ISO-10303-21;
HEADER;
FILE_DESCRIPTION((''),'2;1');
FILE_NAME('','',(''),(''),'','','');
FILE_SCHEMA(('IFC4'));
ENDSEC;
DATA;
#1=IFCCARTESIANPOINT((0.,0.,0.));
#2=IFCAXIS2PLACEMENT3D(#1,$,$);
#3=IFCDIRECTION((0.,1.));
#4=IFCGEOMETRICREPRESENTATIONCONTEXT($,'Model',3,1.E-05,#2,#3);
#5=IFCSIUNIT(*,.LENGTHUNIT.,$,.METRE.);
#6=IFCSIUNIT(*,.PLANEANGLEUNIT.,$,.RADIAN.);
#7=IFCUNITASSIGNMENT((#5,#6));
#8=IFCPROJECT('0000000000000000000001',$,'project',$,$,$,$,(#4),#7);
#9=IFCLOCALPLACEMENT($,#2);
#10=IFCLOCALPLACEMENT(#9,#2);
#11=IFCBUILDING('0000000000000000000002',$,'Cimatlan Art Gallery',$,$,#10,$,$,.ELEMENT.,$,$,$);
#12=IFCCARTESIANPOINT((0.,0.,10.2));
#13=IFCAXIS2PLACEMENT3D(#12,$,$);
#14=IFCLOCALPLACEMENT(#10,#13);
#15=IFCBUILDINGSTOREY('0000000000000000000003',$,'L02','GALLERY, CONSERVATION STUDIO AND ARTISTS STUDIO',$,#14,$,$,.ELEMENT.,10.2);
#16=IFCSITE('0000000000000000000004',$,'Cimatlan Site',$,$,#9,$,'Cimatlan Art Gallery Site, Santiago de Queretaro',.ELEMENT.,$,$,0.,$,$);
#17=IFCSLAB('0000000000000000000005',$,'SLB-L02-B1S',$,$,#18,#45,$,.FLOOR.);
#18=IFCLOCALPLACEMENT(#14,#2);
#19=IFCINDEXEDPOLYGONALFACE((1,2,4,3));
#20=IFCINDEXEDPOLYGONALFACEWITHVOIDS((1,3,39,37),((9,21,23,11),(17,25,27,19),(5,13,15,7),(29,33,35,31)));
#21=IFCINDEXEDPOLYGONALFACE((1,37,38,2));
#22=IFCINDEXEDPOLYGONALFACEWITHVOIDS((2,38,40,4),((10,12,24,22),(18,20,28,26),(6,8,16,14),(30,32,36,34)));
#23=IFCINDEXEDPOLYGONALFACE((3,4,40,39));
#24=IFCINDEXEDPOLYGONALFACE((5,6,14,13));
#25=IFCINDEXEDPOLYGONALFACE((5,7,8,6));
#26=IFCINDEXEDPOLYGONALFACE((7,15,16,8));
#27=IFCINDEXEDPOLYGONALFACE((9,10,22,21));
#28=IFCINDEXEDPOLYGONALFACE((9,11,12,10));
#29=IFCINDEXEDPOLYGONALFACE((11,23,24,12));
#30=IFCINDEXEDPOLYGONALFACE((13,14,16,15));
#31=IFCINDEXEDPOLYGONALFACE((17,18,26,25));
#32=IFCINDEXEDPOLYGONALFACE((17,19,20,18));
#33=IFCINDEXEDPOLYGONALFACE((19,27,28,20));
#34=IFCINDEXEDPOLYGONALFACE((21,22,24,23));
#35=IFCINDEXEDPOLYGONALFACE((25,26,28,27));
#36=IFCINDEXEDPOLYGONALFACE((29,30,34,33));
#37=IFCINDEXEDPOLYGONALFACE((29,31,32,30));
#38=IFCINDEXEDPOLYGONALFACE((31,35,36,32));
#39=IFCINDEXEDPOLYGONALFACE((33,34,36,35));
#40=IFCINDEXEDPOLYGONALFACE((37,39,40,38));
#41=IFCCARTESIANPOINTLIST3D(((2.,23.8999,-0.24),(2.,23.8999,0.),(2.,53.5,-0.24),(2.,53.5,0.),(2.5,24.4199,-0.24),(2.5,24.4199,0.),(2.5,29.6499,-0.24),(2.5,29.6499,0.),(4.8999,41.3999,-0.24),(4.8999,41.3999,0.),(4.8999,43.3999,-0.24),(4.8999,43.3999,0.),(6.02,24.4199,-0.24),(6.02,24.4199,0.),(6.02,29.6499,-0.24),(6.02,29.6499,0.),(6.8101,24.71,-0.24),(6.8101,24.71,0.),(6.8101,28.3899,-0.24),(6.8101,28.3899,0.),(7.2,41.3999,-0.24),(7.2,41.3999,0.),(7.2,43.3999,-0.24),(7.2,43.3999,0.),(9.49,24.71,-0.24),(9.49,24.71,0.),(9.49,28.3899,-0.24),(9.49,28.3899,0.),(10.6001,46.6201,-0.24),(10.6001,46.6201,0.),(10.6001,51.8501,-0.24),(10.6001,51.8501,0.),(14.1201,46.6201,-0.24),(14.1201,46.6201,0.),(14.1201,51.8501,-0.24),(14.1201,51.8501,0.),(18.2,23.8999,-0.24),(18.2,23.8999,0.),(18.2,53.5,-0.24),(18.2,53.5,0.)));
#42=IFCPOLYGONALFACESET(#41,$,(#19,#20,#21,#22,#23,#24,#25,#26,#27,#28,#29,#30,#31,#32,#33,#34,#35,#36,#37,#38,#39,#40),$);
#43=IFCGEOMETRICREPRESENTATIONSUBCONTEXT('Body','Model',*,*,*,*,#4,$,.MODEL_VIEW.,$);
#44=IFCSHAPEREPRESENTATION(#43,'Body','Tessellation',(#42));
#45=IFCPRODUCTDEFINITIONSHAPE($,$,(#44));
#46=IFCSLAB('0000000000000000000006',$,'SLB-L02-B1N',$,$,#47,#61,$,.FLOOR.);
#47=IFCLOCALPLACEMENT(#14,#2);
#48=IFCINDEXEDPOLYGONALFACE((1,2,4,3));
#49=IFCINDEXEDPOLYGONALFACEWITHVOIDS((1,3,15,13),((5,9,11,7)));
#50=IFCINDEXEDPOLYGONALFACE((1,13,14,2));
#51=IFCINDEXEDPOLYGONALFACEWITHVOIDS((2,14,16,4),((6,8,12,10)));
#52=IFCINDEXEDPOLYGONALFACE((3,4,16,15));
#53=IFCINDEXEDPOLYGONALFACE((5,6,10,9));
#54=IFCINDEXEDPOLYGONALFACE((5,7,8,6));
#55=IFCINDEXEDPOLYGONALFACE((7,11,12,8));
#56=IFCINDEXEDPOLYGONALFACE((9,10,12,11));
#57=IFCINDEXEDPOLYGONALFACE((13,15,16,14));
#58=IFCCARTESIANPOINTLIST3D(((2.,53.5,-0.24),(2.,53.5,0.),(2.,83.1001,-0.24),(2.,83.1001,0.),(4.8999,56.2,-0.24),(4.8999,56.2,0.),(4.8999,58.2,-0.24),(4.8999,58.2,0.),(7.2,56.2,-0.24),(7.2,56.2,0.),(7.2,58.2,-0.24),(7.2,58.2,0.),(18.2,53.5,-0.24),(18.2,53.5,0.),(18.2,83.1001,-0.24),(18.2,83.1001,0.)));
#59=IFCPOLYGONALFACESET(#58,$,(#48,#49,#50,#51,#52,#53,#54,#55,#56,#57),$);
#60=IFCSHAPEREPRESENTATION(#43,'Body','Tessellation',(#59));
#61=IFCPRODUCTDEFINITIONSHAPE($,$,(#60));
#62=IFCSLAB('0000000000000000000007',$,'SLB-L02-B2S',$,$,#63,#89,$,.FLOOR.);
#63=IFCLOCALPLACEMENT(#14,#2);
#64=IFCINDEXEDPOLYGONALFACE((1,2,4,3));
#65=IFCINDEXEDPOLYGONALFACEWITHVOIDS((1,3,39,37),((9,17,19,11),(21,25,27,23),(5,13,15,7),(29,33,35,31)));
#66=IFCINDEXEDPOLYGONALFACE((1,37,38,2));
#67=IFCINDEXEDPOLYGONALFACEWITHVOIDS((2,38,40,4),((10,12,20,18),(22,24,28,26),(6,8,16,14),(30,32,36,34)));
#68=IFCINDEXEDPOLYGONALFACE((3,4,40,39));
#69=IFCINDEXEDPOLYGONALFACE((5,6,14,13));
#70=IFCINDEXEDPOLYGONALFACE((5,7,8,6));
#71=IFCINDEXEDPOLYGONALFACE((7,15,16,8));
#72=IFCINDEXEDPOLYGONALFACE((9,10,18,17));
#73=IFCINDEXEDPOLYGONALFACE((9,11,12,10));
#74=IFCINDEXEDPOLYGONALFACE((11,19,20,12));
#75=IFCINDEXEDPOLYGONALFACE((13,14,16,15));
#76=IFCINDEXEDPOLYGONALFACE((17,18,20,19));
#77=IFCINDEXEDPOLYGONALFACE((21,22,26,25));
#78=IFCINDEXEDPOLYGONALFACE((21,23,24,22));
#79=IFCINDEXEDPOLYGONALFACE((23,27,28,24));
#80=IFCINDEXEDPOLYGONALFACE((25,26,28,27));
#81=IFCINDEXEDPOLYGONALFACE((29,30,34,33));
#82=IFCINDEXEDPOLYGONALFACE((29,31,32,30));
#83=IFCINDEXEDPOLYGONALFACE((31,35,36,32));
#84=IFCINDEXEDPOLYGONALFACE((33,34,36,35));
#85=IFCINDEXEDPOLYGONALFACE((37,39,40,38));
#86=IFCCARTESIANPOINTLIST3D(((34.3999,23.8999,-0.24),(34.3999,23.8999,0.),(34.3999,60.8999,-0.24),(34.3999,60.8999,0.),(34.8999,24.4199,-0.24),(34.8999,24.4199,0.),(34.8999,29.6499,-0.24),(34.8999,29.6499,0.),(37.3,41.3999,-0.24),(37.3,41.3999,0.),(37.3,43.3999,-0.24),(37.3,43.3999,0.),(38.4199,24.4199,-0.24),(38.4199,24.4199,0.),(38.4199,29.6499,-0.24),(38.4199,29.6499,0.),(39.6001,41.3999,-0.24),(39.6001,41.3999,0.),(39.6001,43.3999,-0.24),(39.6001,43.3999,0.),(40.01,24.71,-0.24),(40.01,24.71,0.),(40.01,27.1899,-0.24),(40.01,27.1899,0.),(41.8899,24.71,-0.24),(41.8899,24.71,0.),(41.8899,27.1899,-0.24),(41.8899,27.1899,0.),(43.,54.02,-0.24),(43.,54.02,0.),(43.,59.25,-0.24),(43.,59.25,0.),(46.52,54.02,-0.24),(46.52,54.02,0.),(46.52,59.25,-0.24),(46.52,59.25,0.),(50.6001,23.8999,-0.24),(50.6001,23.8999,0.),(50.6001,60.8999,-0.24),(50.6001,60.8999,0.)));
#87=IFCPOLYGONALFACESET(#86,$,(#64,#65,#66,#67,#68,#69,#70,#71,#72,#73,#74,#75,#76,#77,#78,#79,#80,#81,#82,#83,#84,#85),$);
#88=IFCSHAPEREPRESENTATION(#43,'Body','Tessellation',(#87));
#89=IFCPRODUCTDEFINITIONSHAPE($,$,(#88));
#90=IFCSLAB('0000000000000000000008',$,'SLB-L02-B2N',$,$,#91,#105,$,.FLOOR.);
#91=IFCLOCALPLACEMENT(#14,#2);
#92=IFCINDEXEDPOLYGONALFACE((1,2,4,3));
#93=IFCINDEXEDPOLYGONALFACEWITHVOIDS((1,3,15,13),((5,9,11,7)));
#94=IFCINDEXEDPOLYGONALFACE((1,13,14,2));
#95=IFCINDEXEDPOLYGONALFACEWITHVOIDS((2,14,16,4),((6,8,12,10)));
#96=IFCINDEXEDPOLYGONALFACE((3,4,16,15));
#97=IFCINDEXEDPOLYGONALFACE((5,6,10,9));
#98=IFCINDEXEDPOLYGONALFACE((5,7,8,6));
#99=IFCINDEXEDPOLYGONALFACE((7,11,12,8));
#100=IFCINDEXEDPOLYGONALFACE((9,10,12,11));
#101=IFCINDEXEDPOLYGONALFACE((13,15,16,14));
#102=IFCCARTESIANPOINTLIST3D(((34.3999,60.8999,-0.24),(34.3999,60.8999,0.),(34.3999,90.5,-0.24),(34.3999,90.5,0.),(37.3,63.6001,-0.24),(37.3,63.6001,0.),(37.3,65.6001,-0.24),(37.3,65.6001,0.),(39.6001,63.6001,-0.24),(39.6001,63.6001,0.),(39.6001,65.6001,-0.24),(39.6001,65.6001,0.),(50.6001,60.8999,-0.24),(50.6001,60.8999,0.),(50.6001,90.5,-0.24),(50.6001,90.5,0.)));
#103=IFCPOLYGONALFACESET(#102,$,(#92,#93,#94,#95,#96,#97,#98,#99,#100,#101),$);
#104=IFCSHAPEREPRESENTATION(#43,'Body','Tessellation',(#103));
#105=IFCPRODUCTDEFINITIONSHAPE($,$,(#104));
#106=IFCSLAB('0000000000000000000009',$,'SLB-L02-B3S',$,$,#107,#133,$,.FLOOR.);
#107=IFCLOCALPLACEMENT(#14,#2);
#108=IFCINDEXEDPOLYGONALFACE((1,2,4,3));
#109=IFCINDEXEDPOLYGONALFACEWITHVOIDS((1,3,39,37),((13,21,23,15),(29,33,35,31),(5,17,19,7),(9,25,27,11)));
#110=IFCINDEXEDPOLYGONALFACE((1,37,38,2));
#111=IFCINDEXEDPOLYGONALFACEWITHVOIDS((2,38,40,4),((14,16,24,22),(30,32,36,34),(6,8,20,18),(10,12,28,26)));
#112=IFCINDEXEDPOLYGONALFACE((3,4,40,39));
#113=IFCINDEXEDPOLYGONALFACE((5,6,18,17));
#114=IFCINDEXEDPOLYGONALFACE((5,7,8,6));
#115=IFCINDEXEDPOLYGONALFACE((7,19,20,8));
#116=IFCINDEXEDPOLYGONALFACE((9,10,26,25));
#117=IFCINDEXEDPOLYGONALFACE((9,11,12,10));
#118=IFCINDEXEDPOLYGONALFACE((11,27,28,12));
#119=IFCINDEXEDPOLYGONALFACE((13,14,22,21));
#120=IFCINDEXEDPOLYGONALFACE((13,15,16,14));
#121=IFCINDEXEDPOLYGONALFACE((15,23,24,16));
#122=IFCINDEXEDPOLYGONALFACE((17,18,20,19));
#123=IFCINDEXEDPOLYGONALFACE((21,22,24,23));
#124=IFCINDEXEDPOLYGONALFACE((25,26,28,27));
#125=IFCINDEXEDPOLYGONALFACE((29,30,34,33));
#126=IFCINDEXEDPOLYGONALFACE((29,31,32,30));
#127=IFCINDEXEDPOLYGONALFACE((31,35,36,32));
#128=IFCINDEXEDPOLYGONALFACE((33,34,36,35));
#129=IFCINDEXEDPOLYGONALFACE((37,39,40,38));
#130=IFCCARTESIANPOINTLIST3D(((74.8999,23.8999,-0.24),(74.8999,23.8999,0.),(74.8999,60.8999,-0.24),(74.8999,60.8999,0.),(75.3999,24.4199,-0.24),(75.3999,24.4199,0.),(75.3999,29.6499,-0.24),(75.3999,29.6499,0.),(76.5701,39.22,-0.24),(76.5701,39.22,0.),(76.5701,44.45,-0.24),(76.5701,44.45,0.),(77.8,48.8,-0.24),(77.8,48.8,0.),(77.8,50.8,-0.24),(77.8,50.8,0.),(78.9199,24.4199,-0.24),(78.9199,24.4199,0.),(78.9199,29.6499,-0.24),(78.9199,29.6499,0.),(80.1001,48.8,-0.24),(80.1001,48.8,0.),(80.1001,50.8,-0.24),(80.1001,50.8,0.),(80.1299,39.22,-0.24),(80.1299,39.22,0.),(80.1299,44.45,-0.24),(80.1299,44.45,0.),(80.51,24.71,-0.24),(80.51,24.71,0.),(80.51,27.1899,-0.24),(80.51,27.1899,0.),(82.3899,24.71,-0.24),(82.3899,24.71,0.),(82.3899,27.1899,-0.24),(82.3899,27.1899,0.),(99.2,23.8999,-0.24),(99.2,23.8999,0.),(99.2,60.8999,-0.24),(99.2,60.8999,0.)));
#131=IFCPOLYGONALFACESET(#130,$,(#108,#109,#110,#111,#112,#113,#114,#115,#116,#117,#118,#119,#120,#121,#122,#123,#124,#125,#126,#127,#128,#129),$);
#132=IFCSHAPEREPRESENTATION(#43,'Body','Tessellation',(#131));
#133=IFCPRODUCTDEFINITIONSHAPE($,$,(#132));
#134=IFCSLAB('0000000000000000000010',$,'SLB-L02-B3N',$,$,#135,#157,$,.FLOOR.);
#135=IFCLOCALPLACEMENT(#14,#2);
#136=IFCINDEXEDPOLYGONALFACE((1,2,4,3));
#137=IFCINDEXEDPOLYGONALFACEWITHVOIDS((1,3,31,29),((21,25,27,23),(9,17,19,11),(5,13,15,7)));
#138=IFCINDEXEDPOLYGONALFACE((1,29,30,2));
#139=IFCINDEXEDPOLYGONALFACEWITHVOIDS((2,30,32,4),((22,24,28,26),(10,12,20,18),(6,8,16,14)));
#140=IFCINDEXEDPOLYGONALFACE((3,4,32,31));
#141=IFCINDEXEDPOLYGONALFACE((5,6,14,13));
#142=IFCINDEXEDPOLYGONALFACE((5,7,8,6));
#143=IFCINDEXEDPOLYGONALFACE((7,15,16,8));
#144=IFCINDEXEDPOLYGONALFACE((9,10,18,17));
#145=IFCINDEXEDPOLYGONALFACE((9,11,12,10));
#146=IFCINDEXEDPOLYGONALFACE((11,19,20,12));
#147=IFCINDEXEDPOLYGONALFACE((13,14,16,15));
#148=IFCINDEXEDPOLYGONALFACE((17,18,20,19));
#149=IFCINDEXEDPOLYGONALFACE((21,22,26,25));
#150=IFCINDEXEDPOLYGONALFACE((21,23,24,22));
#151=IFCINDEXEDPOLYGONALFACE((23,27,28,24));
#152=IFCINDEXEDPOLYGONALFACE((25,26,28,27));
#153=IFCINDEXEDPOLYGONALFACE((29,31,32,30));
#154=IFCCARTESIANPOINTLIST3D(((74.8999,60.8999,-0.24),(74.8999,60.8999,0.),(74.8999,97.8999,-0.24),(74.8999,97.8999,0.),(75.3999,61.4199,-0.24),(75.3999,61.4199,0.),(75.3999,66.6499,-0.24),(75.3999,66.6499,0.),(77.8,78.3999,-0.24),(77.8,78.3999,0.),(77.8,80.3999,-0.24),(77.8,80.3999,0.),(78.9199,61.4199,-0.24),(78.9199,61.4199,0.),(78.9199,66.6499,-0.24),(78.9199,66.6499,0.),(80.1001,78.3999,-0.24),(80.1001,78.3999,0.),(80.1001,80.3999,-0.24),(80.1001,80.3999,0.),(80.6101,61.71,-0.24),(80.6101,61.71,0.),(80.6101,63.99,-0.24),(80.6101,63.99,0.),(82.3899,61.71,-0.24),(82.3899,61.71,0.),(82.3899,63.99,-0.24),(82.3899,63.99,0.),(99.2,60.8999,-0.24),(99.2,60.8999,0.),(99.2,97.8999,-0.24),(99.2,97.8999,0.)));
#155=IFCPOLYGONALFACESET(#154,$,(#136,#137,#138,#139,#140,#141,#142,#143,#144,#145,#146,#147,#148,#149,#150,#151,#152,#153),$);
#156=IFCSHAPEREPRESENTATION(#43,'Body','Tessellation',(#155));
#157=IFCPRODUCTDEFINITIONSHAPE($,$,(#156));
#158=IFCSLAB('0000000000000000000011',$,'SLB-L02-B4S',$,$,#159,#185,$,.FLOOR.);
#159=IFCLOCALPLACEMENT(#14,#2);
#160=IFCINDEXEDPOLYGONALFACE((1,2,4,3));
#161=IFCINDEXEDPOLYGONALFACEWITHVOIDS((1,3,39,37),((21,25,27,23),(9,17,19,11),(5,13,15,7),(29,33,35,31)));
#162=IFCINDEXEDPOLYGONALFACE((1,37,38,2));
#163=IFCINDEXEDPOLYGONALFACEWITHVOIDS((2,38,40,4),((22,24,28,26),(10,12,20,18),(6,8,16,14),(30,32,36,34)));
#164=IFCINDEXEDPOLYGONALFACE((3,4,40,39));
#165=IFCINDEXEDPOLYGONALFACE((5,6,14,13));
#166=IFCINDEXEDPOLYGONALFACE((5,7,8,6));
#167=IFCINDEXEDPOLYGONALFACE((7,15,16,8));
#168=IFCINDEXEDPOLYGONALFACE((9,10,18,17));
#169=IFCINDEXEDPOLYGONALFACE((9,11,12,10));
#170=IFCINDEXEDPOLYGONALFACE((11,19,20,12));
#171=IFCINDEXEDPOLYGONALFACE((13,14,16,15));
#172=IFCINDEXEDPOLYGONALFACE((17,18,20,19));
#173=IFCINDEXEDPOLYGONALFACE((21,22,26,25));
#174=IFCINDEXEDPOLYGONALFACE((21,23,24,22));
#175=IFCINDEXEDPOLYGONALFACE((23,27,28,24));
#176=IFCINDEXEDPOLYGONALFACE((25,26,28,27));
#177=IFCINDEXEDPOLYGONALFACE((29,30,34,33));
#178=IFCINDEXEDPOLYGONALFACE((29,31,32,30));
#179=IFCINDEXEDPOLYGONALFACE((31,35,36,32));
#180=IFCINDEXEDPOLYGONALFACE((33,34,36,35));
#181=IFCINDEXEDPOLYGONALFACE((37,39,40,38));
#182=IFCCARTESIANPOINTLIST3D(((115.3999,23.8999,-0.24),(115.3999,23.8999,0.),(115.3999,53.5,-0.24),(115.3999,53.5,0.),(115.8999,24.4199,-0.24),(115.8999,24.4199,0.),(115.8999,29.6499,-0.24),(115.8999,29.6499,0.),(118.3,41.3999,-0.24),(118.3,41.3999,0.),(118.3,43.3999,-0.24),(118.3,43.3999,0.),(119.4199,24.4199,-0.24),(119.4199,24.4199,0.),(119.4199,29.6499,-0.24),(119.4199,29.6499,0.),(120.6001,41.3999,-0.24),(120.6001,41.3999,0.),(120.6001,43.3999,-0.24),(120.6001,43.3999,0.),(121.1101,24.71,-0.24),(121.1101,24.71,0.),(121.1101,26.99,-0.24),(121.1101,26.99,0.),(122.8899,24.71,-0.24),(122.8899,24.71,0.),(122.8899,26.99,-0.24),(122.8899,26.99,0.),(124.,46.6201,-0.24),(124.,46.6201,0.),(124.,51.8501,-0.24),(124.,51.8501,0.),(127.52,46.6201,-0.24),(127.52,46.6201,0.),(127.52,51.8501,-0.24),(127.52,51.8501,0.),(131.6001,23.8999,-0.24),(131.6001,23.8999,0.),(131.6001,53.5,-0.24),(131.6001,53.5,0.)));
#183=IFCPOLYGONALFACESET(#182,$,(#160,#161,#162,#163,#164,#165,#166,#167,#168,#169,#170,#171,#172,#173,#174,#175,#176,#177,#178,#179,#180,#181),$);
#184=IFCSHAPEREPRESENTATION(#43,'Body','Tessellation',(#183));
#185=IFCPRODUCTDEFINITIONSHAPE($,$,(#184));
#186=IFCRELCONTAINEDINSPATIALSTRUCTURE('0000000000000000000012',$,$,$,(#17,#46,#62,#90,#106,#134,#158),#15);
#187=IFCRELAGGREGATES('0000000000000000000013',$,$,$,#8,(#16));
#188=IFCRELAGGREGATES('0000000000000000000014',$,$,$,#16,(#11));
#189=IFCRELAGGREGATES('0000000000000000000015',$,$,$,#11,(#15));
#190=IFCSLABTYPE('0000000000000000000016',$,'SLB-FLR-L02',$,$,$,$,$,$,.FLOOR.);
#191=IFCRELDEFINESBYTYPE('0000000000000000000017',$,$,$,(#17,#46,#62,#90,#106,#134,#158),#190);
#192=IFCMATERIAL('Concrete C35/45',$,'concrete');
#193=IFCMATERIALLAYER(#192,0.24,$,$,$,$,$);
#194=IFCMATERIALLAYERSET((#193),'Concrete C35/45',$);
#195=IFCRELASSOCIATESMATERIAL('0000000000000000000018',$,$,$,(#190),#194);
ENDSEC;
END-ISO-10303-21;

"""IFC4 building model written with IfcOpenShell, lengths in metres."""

from ifc_helpers import new_model, si_unit, direction, frame, origin, place, context, subcontext, project, spatial, polyline, outline, extrude, material, layer, layer_set, type_object, element, save


model = new_model("IFC4")

# Units and contexts
model_context = context("Model", 3, precision=1e-05, world=origin(), true_north=direction((0.0, 1.0)))
body_context = subcontext(model_context, "Body", "Model", "MODEL_VIEW")
ifc_project = project(units=[si_unit("LENGTHUNIT", "METRE"), si_unit("PLANEANGLEUNIT", "RADIAN")], contexts=[model_context])

# Site, building, storey
site_placement = place(None, origin())
site = spatial("IfcSite", under=ifc_project, at=site_placement, Name="Cimatlan Site", LongName="Cimatlan Art Gallery Site, Santiago de Queretaro", CompositionType="ELEMENT", RefElevation=0.0)
building_placement = place(site_placement, origin())
building = spatial("IfcBuilding", under=site, at=building_placement, Name="Cimatlan Art Gallery", CompositionType="ELEMENT")
storey_placement = place(building_placement, frame((0.0, 0.0, 10.2)))
storey = spatial("IfcBuildingStorey", under=building, at=storey_placement, Name="L02", Description="GALLERY, CONSERVATION STUDIO AND ARTISTS STUDIO", CompositionType="ELEMENT", Elevation=10.2)

# Slabs
ifc_material_1 = material(Name="Concrete C35/45", Category="concrete")
ifc_layer_1 = layer(ifc_material_1, 0.24)
ifc_layer_set_1 = layer_set([ifc_layer_1], Name="Concrete C35/45")
slab_type_1 = type_object("IfcSlabType", Name="SLB-FLR-L02", PredefinedType="FLOOR", material=ifc_layer_set_1)
slab_1_placement = place(storey_placement, frame((0.0, 0.0, -0.24)))
element("IfcSlab", 1, at=slab_1_placement, inside=storey, type_object=slab_type_1, Name="SLB-L02-B1S", PredefinedType="FLOOR", context=body_context, shape_type="SweptSolid", body=[
    extrude(outline(polyline([(2.0, 23.8999), (18.2, 23.8999), (18.2, 53.5), (2.0, 53.5), (2.0, 23.8999)]), holes=[polyline([(2.5, 24.4199), (6.02, 24.4199), (6.02, 29.6499), (2.5, 29.6499), (2.5, 24.4199)]), polyline([(6.8101, 24.71), (9.49, 24.71), (9.49, 28.3899), (6.8101, 28.3899), (6.8101, 24.71)]), polyline([(10.6001, 46.6201), (14.1201, 46.6201), (14.1201, 51.8501), (10.6001, 51.8501), (10.6001, 46.6201)]), polyline([(4.8999, 41.3999), (7.2, 41.3999), (7.2, 43.3999), (4.8999, 43.3999), (4.8999, 41.3999)])]), origin(), (0.0, 0.0, 1.0), 0.24),
])
slab_2_placement = place(storey_placement, frame((0.0, 0.0, -0.24)))
element("IfcSlab", 2, at=slab_2_placement, inside=storey, type_object=slab_type_1, Name="SLB-L02-B1N", PredefinedType="FLOOR", context=body_context, shape_type="SweptSolid", body=[
    extrude(outline(polyline([(2.0, 53.5), (18.2, 53.5), (18.2, 83.1001), (2.0, 83.1001), (2.0, 53.5)]), holes=[polyline([(4.8999, 56.2), (7.2, 56.2), (7.2, 58.2), (4.8999, 58.2), (4.8999, 56.2)])]), origin(), (0.0, 0.0, 1.0), 0.24),
])
slab_3_placement = place(storey_placement, frame((0.0, 0.0, -0.24)))
element("IfcSlab", 3, at=slab_3_placement, inside=storey, type_object=slab_type_1, Name="SLB-L02-B2S", PredefinedType="FLOOR", context=body_context, shape_type="SweptSolid", body=[
    extrude(outline(polyline([(34.3999, 23.8999), (50.6001, 23.8999), (50.6001, 60.8999), (34.3999, 60.8999), (34.3999, 23.8999)]), holes=[polyline([(34.8999, 24.4199), (38.4199, 24.4199), (38.4199, 29.6499), (34.8999, 29.6499), (34.8999, 24.4199)]), polyline([(40.01, 24.71), (41.8899, 24.71), (41.8899, 27.1899), (40.01, 27.1899), (40.01, 24.71)]), polyline([(43.0, 54.02), (46.52, 54.02), (46.52, 59.25), (43.0, 59.25), (43.0, 54.02)]), polyline([(37.3, 41.3999), (39.6001, 41.3999), (39.6001, 43.3999), (37.3, 43.3999), (37.3, 41.3999)])]), origin(), (0.0, 0.0, 1.0), 0.24),
])
slab_4_placement = place(storey_placement, frame((0.0, 0.0, -0.24)))
element("IfcSlab", 4, at=slab_4_placement, inside=storey, type_object=slab_type_1, Name="SLB-L02-B2N", PredefinedType="FLOOR", context=body_context, shape_type="SweptSolid", body=[
    extrude(outline(polyline([(34.3999, 60.8999), (50.6001, 60.8999), (50.6001, 90.5), (34.3999, 90.5), (34.3999, 60.8999)]), holes=[polyline([(37.3, 63.6001), (39.6001, 63.6001), (39.6001, 65.6001), (37.3, 65.6001), (37.3, 63.6001)])]), origin(), (0.0, 0.0, 1.0), 0.24),
])
slab_5_placement = place(storey_placement, frame((0.0, 0.0, -0.24)))
element("IfcSlab", 5, at=slab_5_placement, inside=storey, type_object=slab_type_1, Name="SLB-L02-B3S", PredefinedType="FLOOR", context=body_context, shape_type="SweptSolid", body=[
    extrude(outline(polyline([(74.8999, 23.8999), (99.2, 23.8999), (99.2, 60.8999), (74.8999, 60.8999), (74.8999, 23.8999)]), holes=[polyline([(75.3999, 24.4199), (78.9199, 24.4199), (78.9199, 29.6499), (75.3999, 29.6499), (75.3999, 24.4199)]), polyline([(80.51, 24.71), (82.3899, 24.71), (82.3899, 27.1899), (80.51, 27.1899), (80.51, 24.71)]), polyline([(76.5701, 39.22), (80.1299, 39.22), (80.1299, 44.45), (76.5701, 44.45), (76.5701, 39.22)]), polyline([(77.8, 48.8), (80.1001, 48.8), (80.1001, 50.8), (77.8, 50.8), (77.8, 48.8)])]), origin(), (0.0, 0.0, 1.0), 0.24),
])
slab_6_placement = place(storey_placement, frame((0.0, 0.0, -0.24)))
element("IfcSlab", 6, at=slab_6_placement, inside=storey, type_object=slab_type_1, Name="SLB-L02-B3N", PredefinedType="FLOOR", context=body_context, shape_type="SweptSolid", body=[
    extrude(outline(polyline([(74.8999, 60.8999), (99.2, 60.8999), (99.2, 97.8999), (74.8999, 97.8999), (74.8999, 60.8999)]), holes=[polyline([(75.3999, 61.4199), (78.9199, 61.4199), (78.9199, 66.6499), (75.3999, 66.6499), (75.3999, 61.4199)]), polyline([(80.6101, 61.71), (82.3899, 61.71), (82.3899, 63.99), (80.6101, 63.99), (80.6101, 61.71)]), polyline([(77.8, 78.3999), (80.1001, 78.3999), (80.1001, 80.3999), (77.8, 80.3999), (77.8, 78.3999)])]), origin(), (0.0, 0.0, 1.0), 0.24),
])
slab_7_placement = place(storey_placement, frame((0.0, 0.0, -0.24)))
element("IfcSlab", 7, at=slab_7_placement, inside=storey, type_object=slab_type_1, Name="SLB-L02-B4S", PredefinedType="FLOOR", context=body_context, shape_type="SweptSolid", body=[
    extrude(outline(polyline([(115.3999, 23.8999), (131.6001, 23.8999), (131.6001, 53.5), (115.3999, 53.5), (115.3999, 23.8999)]), holes=[polyline([(115.8999, 24.4199), (119.4199, 24.4199), (119.4199, 29.6499), (115.8999, 29.6499), (115.8999, 24.4199)]), polyline([(121.1101, 24.71), (122.8899, 24.71), (122.8899, 26.99), (121.1101, 26.99), (121.1101, 24.71)]), polyline([(124.0, 46.6201), (127.52, 46.6201), (127.52, 51.8501), (124.0, 51.8501), (124.0, 46.6201)]), polyline([(118.3, 41.3999), (120.6001, 41.3999), (120.6001, 43.3999), (118.3, 43.3999), (118.3, 41.3999)])]), origin(), (0.0, 0.0, 1.0), 0.24),
])

save(model, "model.ifc")
